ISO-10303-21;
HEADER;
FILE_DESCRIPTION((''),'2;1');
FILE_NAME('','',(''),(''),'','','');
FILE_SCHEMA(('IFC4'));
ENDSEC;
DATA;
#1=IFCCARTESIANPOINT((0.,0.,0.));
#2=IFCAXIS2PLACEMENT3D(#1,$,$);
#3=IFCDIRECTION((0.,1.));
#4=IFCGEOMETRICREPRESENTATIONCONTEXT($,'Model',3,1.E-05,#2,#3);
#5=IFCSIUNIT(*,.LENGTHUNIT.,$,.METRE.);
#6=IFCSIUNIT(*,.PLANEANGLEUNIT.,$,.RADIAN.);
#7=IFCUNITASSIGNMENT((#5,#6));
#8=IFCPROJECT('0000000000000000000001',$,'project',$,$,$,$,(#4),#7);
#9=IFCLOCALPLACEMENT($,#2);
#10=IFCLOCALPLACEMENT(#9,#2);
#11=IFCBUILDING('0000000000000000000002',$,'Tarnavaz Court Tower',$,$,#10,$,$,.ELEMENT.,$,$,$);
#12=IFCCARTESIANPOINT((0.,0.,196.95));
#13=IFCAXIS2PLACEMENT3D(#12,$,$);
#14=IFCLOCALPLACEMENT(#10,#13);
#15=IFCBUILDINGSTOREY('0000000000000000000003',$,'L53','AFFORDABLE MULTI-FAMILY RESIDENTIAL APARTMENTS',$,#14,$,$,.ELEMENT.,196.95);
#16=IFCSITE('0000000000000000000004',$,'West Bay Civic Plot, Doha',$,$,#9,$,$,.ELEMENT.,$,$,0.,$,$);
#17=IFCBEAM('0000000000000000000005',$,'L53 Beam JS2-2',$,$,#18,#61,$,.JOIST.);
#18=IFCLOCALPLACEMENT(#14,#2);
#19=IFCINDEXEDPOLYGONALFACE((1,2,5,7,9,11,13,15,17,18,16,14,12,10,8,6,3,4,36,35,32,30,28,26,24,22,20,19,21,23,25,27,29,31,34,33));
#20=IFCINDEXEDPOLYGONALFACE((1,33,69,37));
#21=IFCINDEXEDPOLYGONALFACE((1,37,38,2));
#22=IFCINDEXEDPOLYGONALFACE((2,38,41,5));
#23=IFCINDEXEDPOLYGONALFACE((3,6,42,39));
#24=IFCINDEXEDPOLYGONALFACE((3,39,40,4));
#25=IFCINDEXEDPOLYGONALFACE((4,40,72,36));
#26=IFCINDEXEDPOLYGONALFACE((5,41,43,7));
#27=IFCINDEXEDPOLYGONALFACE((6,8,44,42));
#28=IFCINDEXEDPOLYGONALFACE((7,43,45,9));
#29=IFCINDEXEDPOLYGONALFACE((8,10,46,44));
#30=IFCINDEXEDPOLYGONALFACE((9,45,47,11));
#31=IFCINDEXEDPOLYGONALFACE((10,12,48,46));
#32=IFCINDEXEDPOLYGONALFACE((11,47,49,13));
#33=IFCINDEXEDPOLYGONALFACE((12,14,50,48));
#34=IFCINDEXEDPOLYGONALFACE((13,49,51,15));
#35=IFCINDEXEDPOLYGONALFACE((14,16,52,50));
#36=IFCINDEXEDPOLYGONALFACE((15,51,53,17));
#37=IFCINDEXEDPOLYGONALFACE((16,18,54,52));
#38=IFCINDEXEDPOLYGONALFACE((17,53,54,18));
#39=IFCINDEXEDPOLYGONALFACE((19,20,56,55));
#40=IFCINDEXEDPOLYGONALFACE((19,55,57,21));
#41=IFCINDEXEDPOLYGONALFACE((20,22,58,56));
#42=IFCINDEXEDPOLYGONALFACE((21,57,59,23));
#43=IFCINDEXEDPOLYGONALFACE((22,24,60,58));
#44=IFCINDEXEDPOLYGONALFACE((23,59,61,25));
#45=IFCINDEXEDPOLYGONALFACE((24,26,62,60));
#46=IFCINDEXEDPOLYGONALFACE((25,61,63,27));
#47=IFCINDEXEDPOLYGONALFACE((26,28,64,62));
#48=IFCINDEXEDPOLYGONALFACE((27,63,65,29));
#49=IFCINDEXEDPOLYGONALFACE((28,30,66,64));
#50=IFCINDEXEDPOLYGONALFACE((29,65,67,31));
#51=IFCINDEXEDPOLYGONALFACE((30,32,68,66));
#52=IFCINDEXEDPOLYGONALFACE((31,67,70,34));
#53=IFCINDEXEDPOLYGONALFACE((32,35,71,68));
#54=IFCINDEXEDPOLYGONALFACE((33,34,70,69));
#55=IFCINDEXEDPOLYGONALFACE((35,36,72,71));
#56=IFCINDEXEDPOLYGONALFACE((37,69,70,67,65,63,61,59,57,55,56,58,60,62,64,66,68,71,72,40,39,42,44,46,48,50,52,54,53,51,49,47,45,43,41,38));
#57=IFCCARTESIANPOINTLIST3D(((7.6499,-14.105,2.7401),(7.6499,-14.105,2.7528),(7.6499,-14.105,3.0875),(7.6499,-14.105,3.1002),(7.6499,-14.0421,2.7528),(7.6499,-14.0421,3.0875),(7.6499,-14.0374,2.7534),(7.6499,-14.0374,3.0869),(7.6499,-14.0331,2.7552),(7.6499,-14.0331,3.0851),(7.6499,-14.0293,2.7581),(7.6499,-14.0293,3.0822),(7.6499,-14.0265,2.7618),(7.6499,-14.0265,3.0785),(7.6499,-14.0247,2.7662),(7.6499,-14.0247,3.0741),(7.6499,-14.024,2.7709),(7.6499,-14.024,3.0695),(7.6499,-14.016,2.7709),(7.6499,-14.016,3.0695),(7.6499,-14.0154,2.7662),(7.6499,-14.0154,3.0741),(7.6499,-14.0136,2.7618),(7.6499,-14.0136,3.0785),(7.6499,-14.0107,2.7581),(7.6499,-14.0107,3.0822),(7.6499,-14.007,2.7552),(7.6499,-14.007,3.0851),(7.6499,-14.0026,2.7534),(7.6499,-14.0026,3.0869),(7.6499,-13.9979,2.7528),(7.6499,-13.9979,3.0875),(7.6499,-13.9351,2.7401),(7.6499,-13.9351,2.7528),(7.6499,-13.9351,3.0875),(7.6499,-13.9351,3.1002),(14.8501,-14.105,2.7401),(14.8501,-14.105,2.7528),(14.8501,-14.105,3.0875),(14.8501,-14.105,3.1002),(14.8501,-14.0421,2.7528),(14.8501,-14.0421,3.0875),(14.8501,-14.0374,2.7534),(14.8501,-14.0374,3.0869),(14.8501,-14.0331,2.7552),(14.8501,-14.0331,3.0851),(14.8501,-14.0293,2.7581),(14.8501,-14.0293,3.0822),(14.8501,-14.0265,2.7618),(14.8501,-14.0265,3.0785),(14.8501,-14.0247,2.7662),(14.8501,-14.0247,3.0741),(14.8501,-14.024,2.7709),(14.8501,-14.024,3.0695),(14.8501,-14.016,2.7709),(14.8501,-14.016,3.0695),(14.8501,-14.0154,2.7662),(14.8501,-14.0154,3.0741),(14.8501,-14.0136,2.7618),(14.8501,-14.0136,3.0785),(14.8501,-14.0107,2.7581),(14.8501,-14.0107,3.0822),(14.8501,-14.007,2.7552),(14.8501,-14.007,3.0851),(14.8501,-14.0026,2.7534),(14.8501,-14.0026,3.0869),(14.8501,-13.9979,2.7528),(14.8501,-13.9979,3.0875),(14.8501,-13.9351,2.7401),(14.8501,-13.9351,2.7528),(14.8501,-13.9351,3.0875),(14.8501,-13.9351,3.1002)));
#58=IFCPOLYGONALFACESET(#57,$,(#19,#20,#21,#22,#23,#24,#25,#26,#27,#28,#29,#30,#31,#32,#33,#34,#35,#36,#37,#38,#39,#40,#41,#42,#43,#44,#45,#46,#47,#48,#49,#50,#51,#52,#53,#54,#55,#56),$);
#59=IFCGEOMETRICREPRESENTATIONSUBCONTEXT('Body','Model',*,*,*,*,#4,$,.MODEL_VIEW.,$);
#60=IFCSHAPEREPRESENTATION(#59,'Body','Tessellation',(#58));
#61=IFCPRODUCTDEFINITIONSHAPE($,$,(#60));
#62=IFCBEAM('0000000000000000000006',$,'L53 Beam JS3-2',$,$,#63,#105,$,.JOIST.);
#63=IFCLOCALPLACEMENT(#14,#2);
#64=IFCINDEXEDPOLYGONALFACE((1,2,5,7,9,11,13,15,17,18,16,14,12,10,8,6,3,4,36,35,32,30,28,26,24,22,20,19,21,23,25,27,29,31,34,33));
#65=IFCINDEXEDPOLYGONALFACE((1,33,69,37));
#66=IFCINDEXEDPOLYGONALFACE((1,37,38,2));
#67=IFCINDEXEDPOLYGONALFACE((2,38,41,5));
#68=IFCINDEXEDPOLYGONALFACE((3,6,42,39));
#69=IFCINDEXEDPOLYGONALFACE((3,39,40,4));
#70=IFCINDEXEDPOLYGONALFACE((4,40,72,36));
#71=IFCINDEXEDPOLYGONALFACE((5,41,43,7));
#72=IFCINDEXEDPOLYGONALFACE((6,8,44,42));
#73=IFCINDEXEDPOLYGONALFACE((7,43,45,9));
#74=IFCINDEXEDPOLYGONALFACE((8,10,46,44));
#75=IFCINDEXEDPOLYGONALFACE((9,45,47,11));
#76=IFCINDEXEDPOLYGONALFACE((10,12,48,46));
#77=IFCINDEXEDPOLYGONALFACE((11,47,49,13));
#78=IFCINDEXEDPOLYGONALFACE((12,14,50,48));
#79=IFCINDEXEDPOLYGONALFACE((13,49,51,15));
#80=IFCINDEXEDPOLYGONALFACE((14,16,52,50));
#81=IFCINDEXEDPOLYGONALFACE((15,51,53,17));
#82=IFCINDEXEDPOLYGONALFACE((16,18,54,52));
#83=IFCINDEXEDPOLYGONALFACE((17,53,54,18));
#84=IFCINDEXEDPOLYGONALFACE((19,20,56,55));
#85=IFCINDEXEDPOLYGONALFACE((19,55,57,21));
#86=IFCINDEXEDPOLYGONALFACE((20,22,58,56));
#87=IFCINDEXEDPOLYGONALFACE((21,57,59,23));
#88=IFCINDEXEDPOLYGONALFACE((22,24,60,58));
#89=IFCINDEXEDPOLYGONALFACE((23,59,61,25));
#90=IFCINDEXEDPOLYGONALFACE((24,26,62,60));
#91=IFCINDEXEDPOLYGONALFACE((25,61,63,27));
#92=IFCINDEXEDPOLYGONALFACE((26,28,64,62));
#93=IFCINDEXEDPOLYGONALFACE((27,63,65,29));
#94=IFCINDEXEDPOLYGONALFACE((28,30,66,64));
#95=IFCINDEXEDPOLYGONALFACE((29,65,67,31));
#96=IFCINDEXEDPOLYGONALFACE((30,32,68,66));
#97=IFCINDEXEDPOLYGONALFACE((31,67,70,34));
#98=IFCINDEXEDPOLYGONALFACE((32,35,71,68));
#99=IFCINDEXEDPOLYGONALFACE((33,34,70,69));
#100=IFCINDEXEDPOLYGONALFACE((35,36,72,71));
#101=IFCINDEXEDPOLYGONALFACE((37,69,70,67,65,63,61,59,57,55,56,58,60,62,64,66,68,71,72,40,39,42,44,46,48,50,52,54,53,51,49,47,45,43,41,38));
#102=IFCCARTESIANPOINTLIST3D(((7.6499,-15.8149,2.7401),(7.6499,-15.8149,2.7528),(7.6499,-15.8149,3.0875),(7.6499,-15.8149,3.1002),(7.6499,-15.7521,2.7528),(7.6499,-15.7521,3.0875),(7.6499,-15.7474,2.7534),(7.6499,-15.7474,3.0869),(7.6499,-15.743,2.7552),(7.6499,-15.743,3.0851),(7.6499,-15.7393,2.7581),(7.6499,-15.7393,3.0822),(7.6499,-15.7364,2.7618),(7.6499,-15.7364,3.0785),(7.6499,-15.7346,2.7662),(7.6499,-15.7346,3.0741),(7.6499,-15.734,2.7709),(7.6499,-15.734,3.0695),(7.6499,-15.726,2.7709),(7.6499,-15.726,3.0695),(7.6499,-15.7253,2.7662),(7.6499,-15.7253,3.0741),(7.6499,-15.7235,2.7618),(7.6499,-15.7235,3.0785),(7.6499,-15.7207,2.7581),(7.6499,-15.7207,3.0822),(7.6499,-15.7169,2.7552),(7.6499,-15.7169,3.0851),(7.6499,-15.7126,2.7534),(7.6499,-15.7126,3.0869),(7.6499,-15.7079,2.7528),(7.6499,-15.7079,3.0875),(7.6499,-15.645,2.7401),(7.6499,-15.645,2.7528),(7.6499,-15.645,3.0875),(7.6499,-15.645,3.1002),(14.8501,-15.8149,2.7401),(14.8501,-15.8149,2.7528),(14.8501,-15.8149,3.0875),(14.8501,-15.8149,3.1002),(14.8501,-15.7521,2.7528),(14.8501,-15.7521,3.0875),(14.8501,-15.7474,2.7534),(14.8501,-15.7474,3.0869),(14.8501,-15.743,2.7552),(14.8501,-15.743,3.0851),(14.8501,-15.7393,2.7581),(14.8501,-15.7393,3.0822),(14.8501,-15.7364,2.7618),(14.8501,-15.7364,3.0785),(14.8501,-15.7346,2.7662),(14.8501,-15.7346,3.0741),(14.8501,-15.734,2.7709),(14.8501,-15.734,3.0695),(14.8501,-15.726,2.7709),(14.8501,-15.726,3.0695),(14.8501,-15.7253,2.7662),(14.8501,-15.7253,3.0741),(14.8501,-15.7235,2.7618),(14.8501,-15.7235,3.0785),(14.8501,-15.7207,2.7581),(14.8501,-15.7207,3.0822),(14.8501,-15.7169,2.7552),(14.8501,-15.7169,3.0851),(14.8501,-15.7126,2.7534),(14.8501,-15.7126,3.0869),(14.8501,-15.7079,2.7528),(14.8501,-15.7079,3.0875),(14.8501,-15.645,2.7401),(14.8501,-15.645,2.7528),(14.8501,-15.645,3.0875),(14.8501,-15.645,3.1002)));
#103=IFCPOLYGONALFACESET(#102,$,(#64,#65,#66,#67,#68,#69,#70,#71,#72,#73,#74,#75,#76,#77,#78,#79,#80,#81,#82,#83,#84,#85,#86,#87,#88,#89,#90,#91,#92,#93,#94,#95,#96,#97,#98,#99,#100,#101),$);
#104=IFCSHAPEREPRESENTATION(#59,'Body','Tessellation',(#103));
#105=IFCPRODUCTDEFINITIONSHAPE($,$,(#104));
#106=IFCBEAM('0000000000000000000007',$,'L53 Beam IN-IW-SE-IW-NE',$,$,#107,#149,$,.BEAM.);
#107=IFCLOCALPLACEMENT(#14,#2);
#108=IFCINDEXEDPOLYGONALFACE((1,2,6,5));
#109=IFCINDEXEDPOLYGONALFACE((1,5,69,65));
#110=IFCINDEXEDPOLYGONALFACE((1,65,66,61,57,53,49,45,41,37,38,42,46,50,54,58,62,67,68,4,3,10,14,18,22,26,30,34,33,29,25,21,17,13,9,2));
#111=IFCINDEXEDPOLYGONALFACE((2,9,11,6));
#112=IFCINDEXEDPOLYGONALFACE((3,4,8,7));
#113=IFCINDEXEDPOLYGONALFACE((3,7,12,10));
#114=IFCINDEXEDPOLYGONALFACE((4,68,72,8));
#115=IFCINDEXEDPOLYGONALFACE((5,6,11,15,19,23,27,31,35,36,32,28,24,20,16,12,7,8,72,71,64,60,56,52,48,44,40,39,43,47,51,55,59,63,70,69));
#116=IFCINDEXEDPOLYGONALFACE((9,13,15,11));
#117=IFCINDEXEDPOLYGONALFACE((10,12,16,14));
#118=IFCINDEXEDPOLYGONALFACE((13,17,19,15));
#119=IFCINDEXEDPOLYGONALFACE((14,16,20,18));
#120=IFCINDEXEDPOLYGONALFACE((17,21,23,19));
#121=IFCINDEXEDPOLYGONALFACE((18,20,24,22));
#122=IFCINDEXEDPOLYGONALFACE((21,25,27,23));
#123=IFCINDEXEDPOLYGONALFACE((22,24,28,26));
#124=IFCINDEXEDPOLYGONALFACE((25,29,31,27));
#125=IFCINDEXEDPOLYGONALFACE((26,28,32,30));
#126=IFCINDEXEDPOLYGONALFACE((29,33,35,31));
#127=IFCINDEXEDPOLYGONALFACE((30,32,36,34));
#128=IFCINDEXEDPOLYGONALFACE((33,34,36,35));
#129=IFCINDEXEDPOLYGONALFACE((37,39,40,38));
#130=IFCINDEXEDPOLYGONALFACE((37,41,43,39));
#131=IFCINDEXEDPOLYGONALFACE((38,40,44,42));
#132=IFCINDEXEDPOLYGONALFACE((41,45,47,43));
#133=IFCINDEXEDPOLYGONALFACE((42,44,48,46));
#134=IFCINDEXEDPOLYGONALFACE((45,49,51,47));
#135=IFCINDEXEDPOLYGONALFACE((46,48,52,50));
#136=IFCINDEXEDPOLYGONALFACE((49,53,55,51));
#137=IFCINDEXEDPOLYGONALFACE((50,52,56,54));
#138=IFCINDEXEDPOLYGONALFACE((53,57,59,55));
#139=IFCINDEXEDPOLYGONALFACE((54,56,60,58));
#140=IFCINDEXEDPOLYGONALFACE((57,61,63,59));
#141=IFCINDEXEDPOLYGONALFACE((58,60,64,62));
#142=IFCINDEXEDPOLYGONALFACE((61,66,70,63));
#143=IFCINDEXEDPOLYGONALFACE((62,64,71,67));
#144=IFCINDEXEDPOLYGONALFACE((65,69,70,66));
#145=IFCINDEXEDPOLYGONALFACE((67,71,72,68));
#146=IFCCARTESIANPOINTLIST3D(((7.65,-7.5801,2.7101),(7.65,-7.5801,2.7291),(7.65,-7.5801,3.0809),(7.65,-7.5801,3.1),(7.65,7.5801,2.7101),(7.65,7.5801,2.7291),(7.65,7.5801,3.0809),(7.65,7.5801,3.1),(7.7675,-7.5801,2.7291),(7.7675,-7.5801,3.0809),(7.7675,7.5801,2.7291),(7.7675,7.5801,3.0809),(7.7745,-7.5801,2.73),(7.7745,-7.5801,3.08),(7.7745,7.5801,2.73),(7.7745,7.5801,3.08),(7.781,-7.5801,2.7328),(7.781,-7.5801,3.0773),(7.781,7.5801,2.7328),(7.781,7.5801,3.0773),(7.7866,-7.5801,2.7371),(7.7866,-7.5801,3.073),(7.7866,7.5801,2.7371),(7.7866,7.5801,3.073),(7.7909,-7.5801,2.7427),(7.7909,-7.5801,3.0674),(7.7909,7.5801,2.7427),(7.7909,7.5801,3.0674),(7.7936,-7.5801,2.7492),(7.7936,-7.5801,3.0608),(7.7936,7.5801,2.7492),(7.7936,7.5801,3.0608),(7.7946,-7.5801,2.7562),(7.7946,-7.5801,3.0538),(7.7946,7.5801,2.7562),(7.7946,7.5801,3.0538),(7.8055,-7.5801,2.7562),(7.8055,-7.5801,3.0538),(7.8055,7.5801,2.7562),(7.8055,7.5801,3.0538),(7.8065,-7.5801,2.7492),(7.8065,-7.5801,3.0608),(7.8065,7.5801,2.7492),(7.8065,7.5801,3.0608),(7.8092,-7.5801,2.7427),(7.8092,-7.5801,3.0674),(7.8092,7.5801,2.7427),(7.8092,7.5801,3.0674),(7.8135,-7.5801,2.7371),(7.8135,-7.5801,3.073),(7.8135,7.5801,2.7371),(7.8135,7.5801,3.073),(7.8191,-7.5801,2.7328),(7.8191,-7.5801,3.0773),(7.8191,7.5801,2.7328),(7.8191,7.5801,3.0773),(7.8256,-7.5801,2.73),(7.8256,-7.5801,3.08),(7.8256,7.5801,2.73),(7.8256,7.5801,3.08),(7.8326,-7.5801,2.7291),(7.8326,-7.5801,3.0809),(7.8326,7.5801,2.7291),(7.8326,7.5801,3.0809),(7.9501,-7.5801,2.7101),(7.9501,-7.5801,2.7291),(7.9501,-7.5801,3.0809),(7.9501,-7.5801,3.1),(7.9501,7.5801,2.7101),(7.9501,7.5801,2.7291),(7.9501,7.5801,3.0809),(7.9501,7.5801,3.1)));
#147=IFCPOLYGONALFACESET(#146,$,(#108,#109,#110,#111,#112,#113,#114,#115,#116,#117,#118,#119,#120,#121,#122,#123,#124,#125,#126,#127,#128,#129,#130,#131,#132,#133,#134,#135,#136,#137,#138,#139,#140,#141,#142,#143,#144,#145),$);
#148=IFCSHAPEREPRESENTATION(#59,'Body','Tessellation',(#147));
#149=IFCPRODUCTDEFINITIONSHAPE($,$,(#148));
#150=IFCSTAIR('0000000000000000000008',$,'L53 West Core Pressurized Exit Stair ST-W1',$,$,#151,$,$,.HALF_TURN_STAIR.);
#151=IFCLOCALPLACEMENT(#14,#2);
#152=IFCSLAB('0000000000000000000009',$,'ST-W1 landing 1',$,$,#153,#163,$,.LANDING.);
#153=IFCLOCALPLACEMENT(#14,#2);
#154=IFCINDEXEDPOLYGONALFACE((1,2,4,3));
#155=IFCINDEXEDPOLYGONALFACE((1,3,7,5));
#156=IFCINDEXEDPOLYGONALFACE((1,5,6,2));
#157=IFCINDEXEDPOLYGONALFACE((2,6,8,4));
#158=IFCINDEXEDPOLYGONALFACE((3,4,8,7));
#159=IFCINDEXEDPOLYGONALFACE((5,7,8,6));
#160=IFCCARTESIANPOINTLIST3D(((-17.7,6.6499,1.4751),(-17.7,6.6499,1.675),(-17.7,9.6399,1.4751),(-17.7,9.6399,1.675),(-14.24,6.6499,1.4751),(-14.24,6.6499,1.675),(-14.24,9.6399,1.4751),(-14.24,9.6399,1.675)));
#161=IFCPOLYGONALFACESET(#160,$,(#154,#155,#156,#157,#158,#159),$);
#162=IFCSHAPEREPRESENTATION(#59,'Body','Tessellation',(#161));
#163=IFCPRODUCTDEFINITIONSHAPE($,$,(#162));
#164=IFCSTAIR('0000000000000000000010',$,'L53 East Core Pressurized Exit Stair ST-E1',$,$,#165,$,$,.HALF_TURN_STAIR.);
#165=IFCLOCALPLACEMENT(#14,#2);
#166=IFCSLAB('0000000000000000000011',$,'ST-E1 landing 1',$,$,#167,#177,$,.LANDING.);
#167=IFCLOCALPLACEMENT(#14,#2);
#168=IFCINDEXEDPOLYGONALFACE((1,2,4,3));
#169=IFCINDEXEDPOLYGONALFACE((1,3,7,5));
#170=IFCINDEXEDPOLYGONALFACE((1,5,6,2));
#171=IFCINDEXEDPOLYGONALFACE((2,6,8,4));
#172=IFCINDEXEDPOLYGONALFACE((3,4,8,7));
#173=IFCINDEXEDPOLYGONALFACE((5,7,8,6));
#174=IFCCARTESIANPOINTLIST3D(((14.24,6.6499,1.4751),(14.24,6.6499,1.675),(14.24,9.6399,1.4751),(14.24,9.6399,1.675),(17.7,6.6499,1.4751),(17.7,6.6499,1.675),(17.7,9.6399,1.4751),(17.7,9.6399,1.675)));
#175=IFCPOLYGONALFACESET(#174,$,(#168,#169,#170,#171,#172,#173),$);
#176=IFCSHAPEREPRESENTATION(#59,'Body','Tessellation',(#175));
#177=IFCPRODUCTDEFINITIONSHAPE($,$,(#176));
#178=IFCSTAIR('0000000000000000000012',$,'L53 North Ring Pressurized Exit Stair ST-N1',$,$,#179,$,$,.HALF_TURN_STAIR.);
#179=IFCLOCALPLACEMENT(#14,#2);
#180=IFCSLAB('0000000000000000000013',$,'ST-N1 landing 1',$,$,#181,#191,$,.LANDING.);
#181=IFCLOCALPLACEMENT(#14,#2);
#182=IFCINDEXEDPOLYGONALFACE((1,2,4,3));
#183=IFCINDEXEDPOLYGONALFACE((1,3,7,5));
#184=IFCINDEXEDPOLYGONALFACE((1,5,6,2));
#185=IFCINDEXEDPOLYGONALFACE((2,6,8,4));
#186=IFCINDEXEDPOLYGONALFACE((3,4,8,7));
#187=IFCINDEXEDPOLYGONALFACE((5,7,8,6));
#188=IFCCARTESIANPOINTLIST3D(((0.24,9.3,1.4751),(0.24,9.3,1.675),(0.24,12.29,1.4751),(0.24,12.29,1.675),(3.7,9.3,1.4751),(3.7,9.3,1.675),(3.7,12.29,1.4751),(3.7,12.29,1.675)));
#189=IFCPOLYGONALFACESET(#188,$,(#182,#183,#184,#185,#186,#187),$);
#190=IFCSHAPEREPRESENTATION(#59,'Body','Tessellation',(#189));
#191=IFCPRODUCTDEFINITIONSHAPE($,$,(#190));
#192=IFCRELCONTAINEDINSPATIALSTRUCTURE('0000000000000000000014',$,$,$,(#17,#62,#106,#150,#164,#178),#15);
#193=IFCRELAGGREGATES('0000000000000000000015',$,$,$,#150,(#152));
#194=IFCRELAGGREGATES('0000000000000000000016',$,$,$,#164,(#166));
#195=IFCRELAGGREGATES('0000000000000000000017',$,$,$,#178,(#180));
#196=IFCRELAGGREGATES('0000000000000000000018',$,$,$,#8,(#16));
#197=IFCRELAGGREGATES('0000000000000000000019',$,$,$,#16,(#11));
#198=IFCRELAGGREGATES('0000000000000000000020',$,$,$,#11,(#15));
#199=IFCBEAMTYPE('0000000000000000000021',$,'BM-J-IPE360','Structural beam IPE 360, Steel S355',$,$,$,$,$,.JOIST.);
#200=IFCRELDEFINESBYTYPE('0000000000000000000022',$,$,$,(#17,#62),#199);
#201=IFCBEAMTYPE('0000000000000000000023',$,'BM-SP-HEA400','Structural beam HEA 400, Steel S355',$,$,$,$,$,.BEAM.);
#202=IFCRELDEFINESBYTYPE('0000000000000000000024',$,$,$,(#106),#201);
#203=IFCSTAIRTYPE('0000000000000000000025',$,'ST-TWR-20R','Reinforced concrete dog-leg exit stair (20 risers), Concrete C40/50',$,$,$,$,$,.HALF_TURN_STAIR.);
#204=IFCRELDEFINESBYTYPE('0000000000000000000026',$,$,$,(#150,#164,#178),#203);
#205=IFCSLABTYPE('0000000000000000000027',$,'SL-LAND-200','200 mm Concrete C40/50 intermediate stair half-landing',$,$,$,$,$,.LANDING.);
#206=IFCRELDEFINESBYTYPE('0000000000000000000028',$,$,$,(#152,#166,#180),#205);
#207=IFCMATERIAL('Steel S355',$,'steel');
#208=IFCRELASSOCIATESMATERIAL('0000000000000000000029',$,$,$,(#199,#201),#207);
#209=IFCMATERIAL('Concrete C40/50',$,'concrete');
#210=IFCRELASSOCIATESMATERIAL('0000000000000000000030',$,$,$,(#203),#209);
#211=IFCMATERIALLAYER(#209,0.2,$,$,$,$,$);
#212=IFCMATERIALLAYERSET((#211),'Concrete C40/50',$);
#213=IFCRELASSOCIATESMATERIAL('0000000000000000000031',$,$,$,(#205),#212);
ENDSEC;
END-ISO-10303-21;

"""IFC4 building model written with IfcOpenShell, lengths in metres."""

from ifc_helpers import new_model, si_unit, direction, frame, origin, origin_2d, place, context, subcontext, project, spatial, polyline, i_section, outline, extrude, material, layer, layer_set, material_profile, profile_set, type_object, element, aggregate, save


model = new_model("IFC4")

# Units and contexts
model_context = context("Model", 3, precision=1e-05, world=origin(), true_north=direction((0.0, 1.0)))
body_context = subcontext(model_context, "Body", "Model", "MODEL_VIEW")
ifc_project = project(units=[si_unit("LENGTHUNIT", "METRE"), si_unit("PLANEANGLEUNIT", "RADIAN")], contexts=[model_context])

# Site, building, storey
site_placement = place(None, origin())
site = spatial("IfcSite", under=ifc_project, at=site_placement, Name="West Bay Civic Plot, Doha", CompositionType="ELEMENT", RefElevation=0.0)
building_placement = place(site_placement, origin())
building = spatial("IfcBuilding", under=site, at=building_placement, Name="Tarnavaz Court Tower", CompositionType="ELEMENT")
storey_placement = place(building_placement, frame((0.0, 0.0, 196.95)))
storey = spatial("IfcBuildingStorey", under=building, at=storey_placement, Name="L53", Description="AFFORDABLE MULTI-FAMILY RESIDENTIAL APARTMENTS", CompositionType="ELEMENT", Elevation=196.95)

# Beams
ifc_material_1 = material(Name="Steel S355", Category="steel")
ifc_material_profile_1 = material_profile(ifc_material_1, i_section(OverallWidth=0.1699, OverallDepth=0.3601, WebThickness=0.0081, FlangeThickness=0.0127, FilletRadius=0.0181, at=origin_2d()), Name="IPE 360")
ifc_profile_set_1 = profile_set([ifc_material_profile_1], Name="Steel S355")
beam_type_1 = type_object("IfcBeamType", Name="BM-J-IPE360", Description="Structural beam IPE 360, Steel S355", PredefinedType="JOIST", material=ifc_profile_set_1)
for number, where, z_axis, x_axis, name in (
    (1, (7.6499, -14.02, 2.9202), (1.0, 0.0, 0.0), (0.0, 1.0, 0.0), "L53 Beam JS2-2"),
    (2, (7.6499, -15.73, 2.9202), (1.0, 0.0, 0.0), (0.0, 1.0, 0.0), "L53 Beam JS3-2"),
):
    element("IfcBeam", number, at=place(storey_placement, frame(where, z_axis=z_axis, x_axis=x_axis)), inside=storey, type_object=beam_type_1, Name=name, PredefinedType="JOIST", context=body_context, shape_type="SweptSolid", body=[
        extrude(i_section(OverallWidth=0.1699, OverallDepth=0.3601, WebThickness=0.0081, FlangeThickness=0.0127, FilletRadius=0.0181, at=origin_2d()), origin(), (0.0, 0.0, 1.0), 7.2002),
    ])
ifc_material_profile_2 = material_profile(ifc_material_1, i_section(OverallWidth=0.3, OverallDepth=0.3899, WebThickness=0.011, FlangeThickness=0.019, FilletRadius=0.0271, at=origin_2d()), Name="HEA 400")
ifc_profile_set_2 = profile_set([ifc_material_profile_2], Name="Steel S355")
beam_type_2 = type_object("IfcBeamType", Name="BM-SP-HEA400", Description="Structural beam HEA 400, Steel S355", PredefinedType="BEAM", material=ifc_profile_set_2)
beam_1_placement = place(storey_placement, frame((7.8, -7.5801, 2.905), z_axis=(0.0, 1.0, 0.0), x_axis=(-1.0, 0.0, 0.0)))
element("IfcBeam", 3, at=beam_1_placement, inside=storey, type_object=beam_type_2, Name="L53 Beam IN-IW-SE-IW-NE", PredefinedType="BEAM", context=body_context, shape_type="SweptSolid", body=[
    extrude(i_section(OverallWidth=0.3, OverallDepth=0.3899, WebThickness=0.011, FlangeThickness=0.019, FilletRadius=0.0271, at=origin_2d()), origin(), (0.0, 0.0, 1.0), 15.1602),
])

# Stairs, slabs
ifc_material_2 = material(Name="Concrete C40/50", Category="concrete")
stair_type = type_object("IfcStairType", Name="ST-TWR-20R", Description="Reinforced concrete dog-leg exit stair (20 risers), Concrete C40/50", PredefinedType="HALF_TURN_STAIR", material=ifc_material_2)
stair_1_placement = place(storey_placement, origin())
stair_1 = element("IfcStair", 4, at=stair_1_placement, inside=storey, type_object=stair_type, Name="L53 West Core Pressurized Exit Stair ST-W1", PredefinedType="HALF_TURN_STAIR")
ifc_layer_1 = layer(ifc_material_2, 0.2)
ifc_layer_set_1 = layer_set([ifc_layer_1], Name="Concrete C40/50")
slab_type_1 = type_object("IfcSlabType", Name="SL-LAND-200", Description="200 mm Concrete C40/50 intermediate stair half-landing", PredefinedType="LANDING", material=ifc_layer_set_1)
slab_1_placement = place(storey_placement, frame((0.0, 0.0, 1.4751)))
slab_1 = element("IfcSlab", 5, at=slab_1_placement, type_object=slab_type_1, Name="ST-W1 landing 1", PredefinedType="LANDING", context=body_context, shape_type="SweptSolid", body=[
    extrude(outline(polyline([(-14.24, 9.6399), (-17.7, 9.6399), (-17.7, 6.6499), (-14.24, 6.6499), (-14.24, 9.6399)])), origin(), (0.0, 0.0, 1.0), 0.2),
])
aggregate(stair_1, [slab_1])
stair_2_placement = place(storey_placement, origin())
stair_2 = element("IfcStair", 6, at=stair_2_placement, inside=storey, type_object=stair_type, Name="L53 East Core Pressurized Exit Stair ST-E1", PredefinedType="HALF_TURN_STAIR")
slab_2_placement = place(storey_placement, frame((0.0, 0.0, 1.4751)))
slab_2 = element("IfcSlab", 7, at=slab_2_placement, type_object=slab_type_1, Name="ST-E1 landing 1", PredefinedType="LANDING", context=body_context, shape_type="SweptSolid", body=[
    extrude(outline(polyline([(14.24, 6.6499), (17.7, 6.6499), (17.7, 9.6399), (14.24, 9.6399), (14.24, 6.6499)])), origin(), (0.0, 0.0, 1.0), 0.2),
])
aggregate(stair_2, [slab_2])
stair_3_placement = place(storey_placement, origin())
stair_3 = element("IfcStair", 8, at=stair_3_placement, inside=storey, type_object=stair_type, Name="L53 North Ring Pressurized Exit Stair ST-N1", PredefinedType="HALF_TURN_STAIR")
slab_3_placement = place(storey_placement, frame((0.0, 0.0, 1.4751)))
slab_3 = element("IfcSlab", 9, at=slab_3_placement, type_object=slab_type_1, Name="ST-N1 landing 1", PredefinedType="LANDING", context=body_context, shape_type="SweptSolid", body=[
    extrude(outline(polyline([(0.24, 9.3), (3.7, 9.3), (3.7, 12.29), (0.24, 12.29), (0.24, 9.3)])), origin(), (0.0, 0.0, 1.0), 0.2),
])
aggregate(stair_3, [slab_3])

save(model, "model.ifc")
